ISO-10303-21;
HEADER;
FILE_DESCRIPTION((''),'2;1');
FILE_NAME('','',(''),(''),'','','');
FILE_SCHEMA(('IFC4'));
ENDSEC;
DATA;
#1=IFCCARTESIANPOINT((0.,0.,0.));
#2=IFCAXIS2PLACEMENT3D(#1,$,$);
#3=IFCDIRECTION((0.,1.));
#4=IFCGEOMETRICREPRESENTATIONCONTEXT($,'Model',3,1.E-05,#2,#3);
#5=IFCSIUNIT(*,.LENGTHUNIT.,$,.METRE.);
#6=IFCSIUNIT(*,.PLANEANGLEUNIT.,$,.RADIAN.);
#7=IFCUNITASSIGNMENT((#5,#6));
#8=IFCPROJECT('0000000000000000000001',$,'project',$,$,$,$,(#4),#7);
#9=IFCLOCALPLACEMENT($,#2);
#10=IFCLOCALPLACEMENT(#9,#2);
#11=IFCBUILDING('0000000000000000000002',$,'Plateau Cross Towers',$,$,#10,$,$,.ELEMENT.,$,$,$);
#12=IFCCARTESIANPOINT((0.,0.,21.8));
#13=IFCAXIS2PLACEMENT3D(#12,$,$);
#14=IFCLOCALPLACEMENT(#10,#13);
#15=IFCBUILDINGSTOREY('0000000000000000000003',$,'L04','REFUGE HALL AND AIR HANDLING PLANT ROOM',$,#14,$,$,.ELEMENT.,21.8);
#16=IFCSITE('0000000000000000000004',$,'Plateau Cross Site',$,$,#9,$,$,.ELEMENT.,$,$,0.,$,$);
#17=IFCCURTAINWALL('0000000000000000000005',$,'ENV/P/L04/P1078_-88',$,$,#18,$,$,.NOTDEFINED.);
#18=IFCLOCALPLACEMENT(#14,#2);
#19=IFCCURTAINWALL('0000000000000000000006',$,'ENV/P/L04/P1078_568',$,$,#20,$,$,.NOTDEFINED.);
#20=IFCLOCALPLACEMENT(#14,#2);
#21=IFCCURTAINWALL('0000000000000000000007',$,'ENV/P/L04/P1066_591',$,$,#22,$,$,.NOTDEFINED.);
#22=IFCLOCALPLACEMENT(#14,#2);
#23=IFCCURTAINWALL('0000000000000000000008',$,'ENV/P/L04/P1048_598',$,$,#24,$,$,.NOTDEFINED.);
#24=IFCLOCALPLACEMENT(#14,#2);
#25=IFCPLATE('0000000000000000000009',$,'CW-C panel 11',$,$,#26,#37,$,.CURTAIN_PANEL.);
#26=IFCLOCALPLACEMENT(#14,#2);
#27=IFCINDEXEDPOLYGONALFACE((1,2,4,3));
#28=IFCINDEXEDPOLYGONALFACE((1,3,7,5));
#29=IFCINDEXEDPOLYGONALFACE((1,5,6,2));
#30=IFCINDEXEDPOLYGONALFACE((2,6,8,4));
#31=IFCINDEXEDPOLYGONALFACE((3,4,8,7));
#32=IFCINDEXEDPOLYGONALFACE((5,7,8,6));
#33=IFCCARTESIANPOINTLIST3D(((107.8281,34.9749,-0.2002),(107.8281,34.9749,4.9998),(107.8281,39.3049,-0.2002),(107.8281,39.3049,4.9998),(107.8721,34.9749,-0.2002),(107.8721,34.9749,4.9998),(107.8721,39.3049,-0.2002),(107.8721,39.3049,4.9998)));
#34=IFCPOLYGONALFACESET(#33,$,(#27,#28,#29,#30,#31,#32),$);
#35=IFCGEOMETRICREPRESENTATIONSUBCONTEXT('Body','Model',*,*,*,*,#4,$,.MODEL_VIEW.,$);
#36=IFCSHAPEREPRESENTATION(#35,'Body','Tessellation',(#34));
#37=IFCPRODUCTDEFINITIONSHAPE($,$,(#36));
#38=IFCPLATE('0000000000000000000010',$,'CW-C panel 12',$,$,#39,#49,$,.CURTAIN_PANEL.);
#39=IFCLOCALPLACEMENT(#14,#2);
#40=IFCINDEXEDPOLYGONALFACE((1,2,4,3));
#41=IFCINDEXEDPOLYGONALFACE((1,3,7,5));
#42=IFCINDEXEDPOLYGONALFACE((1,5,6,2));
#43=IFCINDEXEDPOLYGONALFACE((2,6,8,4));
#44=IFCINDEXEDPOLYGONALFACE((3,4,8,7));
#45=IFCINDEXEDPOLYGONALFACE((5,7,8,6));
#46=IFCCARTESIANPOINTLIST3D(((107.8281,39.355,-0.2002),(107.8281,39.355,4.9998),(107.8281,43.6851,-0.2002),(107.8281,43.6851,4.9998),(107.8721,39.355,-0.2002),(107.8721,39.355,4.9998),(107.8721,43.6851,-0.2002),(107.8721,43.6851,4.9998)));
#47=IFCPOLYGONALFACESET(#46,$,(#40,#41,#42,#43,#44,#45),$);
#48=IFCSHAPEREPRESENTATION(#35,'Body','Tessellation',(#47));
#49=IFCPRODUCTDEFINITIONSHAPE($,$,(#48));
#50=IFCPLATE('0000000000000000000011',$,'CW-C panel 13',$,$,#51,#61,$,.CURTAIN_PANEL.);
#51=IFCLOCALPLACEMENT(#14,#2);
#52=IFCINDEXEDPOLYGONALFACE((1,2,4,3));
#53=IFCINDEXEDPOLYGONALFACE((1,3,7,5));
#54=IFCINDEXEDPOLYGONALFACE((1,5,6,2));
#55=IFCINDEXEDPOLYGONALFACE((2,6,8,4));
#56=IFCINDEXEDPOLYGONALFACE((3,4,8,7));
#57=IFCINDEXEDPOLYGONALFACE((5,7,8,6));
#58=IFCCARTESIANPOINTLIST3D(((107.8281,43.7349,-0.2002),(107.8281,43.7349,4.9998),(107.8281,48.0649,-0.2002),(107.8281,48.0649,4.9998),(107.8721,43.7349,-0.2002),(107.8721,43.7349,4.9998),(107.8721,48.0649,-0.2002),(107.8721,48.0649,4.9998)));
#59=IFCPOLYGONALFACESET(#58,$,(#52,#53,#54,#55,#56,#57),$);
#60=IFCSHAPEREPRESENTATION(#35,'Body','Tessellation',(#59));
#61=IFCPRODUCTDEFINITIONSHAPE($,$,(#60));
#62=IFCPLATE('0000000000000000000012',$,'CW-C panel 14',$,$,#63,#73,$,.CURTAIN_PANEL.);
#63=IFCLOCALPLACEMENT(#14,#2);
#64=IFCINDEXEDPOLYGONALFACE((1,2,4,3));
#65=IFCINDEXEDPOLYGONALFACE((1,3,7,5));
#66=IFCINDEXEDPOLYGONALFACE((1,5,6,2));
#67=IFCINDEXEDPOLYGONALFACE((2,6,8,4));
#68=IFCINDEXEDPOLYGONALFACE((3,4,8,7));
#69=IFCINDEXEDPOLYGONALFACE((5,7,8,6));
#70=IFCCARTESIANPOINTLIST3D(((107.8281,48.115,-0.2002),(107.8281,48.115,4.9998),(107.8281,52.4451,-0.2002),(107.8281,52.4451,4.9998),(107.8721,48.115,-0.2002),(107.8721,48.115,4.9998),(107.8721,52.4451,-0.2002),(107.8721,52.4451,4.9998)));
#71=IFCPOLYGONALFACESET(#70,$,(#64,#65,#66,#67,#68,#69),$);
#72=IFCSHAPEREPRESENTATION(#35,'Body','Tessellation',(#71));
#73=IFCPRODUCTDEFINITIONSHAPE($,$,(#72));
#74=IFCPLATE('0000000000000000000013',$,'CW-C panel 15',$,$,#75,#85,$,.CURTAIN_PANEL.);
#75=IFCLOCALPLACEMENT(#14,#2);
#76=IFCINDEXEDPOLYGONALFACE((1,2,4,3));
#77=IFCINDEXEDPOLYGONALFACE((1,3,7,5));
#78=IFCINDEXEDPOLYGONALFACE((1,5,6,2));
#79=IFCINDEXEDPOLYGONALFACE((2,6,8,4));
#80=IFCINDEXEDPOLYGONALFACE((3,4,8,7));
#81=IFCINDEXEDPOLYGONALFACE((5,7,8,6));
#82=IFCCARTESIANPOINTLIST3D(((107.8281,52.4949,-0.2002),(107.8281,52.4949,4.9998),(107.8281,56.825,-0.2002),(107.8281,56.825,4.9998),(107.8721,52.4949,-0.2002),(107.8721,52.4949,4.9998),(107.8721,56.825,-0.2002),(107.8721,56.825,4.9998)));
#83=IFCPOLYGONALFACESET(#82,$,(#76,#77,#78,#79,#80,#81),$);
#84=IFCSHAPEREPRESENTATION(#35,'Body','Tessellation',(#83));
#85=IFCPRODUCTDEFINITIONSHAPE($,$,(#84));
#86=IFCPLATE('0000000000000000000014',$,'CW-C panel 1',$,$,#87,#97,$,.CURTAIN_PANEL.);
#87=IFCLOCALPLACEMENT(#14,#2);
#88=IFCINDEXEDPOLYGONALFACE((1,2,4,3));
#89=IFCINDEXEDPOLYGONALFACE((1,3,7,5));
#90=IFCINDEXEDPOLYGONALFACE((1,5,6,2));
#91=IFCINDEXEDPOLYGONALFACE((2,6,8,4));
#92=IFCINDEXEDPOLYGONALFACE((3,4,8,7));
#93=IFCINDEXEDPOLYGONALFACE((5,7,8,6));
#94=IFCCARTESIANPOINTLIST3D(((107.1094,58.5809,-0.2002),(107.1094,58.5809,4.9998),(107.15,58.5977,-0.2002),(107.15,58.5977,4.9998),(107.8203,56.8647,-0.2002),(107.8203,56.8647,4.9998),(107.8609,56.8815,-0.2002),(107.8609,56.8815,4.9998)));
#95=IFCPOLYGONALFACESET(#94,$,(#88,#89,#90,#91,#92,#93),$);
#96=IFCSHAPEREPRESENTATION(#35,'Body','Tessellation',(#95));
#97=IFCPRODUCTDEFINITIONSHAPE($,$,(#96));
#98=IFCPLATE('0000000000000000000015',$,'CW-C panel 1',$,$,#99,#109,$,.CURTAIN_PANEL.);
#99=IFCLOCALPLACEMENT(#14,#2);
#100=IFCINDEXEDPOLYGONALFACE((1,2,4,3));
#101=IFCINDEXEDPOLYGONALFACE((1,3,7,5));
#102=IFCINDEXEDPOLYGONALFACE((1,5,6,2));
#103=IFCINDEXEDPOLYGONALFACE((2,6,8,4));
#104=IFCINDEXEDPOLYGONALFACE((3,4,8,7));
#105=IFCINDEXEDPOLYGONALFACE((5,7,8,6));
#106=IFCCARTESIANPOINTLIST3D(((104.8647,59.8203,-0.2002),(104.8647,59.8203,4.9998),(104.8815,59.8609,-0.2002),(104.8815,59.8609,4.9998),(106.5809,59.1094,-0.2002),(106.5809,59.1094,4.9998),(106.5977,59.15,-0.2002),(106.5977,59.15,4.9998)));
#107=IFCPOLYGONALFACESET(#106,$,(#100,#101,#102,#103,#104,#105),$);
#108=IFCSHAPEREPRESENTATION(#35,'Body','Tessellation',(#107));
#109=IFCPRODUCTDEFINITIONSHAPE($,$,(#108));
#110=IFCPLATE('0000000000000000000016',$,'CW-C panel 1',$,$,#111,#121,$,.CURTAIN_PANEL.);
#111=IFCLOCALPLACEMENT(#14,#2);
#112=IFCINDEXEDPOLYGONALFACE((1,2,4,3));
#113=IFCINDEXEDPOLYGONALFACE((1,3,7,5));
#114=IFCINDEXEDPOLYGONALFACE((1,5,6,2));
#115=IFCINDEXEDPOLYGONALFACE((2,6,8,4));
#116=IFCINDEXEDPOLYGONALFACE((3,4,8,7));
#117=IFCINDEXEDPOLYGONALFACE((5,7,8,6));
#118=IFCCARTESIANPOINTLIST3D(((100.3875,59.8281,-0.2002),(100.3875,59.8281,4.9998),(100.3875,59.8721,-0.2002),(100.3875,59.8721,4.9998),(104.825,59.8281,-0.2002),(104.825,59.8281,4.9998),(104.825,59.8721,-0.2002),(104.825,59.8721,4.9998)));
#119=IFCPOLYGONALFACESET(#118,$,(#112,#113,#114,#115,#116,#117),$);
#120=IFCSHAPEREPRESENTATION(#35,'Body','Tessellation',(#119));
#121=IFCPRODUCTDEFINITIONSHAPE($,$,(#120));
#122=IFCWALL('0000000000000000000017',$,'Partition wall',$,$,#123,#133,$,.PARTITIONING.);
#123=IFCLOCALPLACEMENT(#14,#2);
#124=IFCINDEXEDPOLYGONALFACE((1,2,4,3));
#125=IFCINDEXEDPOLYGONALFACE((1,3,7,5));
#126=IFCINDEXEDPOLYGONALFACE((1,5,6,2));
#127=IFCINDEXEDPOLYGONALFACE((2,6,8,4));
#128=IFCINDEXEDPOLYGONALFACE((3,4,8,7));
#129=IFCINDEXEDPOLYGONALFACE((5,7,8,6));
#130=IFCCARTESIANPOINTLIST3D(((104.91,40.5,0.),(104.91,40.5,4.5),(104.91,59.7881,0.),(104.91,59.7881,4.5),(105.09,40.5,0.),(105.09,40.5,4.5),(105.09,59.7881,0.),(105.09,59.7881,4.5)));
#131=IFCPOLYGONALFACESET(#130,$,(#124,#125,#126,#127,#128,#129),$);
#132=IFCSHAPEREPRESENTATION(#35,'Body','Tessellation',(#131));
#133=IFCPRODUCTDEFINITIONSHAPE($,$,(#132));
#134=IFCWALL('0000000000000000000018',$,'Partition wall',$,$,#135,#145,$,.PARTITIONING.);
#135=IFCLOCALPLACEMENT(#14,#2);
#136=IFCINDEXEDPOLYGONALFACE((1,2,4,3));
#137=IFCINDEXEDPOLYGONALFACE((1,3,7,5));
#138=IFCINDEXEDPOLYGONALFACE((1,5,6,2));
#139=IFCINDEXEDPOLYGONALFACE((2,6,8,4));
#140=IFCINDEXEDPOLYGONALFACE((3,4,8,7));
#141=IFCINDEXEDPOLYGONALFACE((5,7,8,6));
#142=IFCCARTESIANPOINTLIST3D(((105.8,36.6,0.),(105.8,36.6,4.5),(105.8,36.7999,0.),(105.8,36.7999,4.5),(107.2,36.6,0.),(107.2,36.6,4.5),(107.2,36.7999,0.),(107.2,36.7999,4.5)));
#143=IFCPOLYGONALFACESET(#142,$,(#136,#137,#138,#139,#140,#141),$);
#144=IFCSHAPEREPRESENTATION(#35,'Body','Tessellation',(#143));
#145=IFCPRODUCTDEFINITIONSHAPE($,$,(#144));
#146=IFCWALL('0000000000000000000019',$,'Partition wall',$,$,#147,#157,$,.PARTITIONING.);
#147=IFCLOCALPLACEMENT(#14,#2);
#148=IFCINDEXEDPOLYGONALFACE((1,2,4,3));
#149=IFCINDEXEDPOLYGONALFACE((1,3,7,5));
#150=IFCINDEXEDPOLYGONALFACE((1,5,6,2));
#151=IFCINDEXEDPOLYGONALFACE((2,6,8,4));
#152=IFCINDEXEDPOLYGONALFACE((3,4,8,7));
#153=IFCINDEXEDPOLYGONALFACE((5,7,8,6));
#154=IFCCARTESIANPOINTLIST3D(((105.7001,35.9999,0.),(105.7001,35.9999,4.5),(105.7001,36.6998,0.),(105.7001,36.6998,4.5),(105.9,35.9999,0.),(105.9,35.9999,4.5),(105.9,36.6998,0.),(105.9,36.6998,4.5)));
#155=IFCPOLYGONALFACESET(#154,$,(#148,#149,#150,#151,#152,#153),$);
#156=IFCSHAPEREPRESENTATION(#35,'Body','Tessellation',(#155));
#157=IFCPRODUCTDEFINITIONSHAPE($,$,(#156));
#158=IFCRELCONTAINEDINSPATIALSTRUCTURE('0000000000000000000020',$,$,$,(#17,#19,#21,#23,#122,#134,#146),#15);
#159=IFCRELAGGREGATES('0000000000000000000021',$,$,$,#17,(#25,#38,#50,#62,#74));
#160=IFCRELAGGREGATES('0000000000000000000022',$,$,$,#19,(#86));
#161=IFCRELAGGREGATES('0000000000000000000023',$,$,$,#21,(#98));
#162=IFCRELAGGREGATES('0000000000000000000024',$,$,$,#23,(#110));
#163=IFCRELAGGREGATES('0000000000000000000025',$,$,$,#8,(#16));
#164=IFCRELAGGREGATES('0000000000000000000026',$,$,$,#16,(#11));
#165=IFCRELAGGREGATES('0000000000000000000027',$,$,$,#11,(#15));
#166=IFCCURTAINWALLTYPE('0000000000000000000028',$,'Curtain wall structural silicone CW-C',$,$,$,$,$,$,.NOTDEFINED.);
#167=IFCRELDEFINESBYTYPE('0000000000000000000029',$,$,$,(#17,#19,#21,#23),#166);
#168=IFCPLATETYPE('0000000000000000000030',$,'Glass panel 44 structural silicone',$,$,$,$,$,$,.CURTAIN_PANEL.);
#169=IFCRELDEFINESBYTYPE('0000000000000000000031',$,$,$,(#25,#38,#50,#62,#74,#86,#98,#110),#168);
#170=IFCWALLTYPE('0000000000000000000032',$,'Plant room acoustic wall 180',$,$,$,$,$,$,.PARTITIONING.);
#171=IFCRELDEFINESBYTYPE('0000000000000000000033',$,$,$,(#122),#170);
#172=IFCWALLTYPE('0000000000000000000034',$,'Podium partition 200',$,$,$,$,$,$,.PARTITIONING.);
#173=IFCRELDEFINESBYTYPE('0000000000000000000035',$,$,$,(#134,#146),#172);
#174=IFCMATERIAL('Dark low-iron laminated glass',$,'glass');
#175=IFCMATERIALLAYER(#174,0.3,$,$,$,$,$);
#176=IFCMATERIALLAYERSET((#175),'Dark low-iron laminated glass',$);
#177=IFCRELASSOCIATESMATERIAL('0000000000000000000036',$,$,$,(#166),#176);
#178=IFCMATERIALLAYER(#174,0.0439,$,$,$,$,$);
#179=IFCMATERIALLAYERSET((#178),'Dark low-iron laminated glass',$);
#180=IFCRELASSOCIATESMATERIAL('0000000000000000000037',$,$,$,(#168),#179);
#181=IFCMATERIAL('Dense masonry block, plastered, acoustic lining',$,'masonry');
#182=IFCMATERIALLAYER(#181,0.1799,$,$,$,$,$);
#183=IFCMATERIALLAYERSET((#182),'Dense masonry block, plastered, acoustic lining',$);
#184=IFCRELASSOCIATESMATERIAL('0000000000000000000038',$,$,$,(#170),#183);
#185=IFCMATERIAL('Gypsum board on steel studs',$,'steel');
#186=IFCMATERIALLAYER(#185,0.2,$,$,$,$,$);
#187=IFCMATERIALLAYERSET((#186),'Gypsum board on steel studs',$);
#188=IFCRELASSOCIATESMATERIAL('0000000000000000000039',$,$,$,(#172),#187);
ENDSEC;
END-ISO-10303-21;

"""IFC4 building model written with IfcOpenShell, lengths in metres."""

from ifc_helpers import new_model, si_unit, direction, frame, frame_2d, origin, origin_2d, place, context, subcontext, project, spatial, rectangle, extrude, material, layer, layer_set, type_object, element, aggregate, save


model = new_model("IFC4")

# Units and contexts
model_context = context("Model", 3, precision=1e-05, world=origin(), true_north=direction((0.0, 1.0)))
body_context = subcontext(model_context, "Body", "Model", "MODEL_VIEW")
ifc_project = project(units=[si_unit("LENGTHUNIT", "METRE"), si_unit("PLANEANGLEUNIT", "RADIAN")], contexts=[model_context])

# Site, building, storey
site_placement = place(None, origin())
site = spatial("IfcSite", under=ifc_project, at=site_placement, Name="Plateau Cross Site", CompositionType="ELEMENT", RefElevation=0.0)
building_placement = place(site_placement, origin())
building = spatial("IfcBuilding", under=site, at=building_placement, Name="Plateau Cross Towers", CompositionType="ELEMENT")
storey_placement = place(building_placement, frame((0.0, 0.0, 21.8)))
storey = spatial("IfcBuildingStorey", under=building, at=storey_placement, Name="L04", Description="REFUGE HALL AND AIR HANDLING PLANT ROOM", CompositionType="ELEMENT", Elevation=21.8)

# Curtain walls
ifc_material_1 = material(Name="Dark low-iron laminated glass", Category="glass")
ifc_layer_1 = layer(ifc_material_1, 0.3)
ifc_layer_set_1 = layer_set([ifc_layer_1], Name="Dark low-iron laminated glass")
curtain_wall_type = type_object("IfcCurtainWallType", Name="Curtain wall structural silicone CW-C", PredefinedType="NOTDEFINED", material=ifc_layer_set_1)
curtain_wall_1_placement = place(storey_placement, origin())
curtain_wall_1 = element("IfcCurtainWall", 1, at=curtain_wall_1_placement, inside=storey, type_object=curtain_wall_type, Name="ENV/P/L04/P1078_-88", PredefinedType="NOTDEFINED")
curtain_wall_2_placement = place(storey_placement, origin())
curtain_wall_2 = element("IfcCurtainWall", 2, at=curtain_wall_2_placement, inside=storey, type_object=curtain_wall_type, Name="ENV/P/L04/P1078_568", PredefinedType="NOTDEFINED")

# Curtain wall
curtain_wall_3_placement = place(storey_placement, origin())
curtain_wall_3 = element("IfcCurtainWall", 3, at=curtain_wall_3_placement, inside=storey, type_object=curtain_wall_type, Name="ENV/P/L04/P1066_591", PredefinedType="NOTDEFINED")

# Curtain wall
curtain_wall_4_placement = place(storey_placement, origin())
curtain_wall_4 = element("IfcCurtainWall", 4, at=curtain_wall_4_placement, inside=storey, type_object=curtain_wall_type, Name="ENV/P/L04/P1048_598", PredefinedType="NOTDEFINED")

# Plates
ifc_layer_2 = layer(ifc_material_1, 0.0439)
ifc_layer_set_2 = layer_set([ifc_layer_2], Name="Dark low-iron laminated glass")
plate_type = type_object("IfcPlateType", Name="Glass panel 44 structural silicone", PredefinedType="CURTAIN_PANEL", material=ifc_layer_set_2)
plate_1_placement = place(storey_placement, frame((107.8501, 37.1399, -0.2002), z_axis=(0.0, 0.0, 1.0), x_axis=(0.0, 1.0, 0.0)))
plate_1 = element("IfcPlate", 5, at=plate_1_placement, type_object=plate_type, Name="CW-C panel 11", PredefinedType="CURTAIN_PANEL", context=body_context, shape_type="SweptSolid", body=[
    extrude(rectangle(XDim=4.3301, YDim=0.0439, at=origin_2d()), origin(), (0.0, 0.0, 1.0), 5.2),
])
plate_2_placement = place(storey_placement, frame((107.8501, 41.52, -0.2002), z_axis=(0.0, 0.0, 1.0), x_axis=(0.0, 1.0, 0.0)))
plate_2 = element("IfcPlate", 6, at=plate_2_placement, type_object=plate_type, Name="CW-C panel 12", PredefinedType="CURTAIN_PANEL", context=body_context, shape_type="SweptSolid", body=[
    extrude(rectangle(XDim=4.3301, YDim=0.0439, at=origin_2d()), origin(), (0.0, 0.0, 1.0), 5.2),
])
plate_3_placement = place(storey_placement, frame((107.8501, 45.8999, -0.2002), z_axis=(0.0, 0.0, 1.0), x_axis=(0.0, 1.0, 0.0)))
plate_3 = element("IfcPlate", 7, at=plate_3_placement, type_object=plate_type, Name="CW-C panel 13", PredefinedType="CURTAIN_PANEL", context=body_context, shape_type="SweptSolid", body=[
    extrude(rectangle(XDim=4.3301, YDim=0.0439, at=origin_2d()), origin(), (0.0, 0.0, 1.0), 5.2),
])
plate_4_placement = place(storey_placement, frame((107.8501, 50.28, -0.2002), z_axis=(0.0, 0.0, 1.0), x_axis=(0.0, 1.0, 0.0)))
plate_4 = element("IfcPlate", 8, at=plate_4_placement, type_object=plate_type, Name="CW-C panel 14", PredefinedType="CURTAIN_PANEL", context=body_context, shape_type="SweptSolid", body=[
    extrude(rectangle(XDim=4.3301, YDim=0.0439, at=origin_2d()), origin(), (0.0, 0.0, 1.0), 5.2),
])
plate_5_placement = place(storey_placement, frame((107.8501, 54.6599, -0.2002), z_axis=(0.0, 0.0, 1.0), x_axis=(0.0, 1.0, 0.0)))
plate_5 = element("IfcPlate", 9, at=plate_5_placement, type_object=plate_type, Name="CW-C panel 15", PredefinedType="CURTAIN_PANEL", context=body_context, shape_type="SweptSolid", body=[
    extrude(rectangle(XDim=4.3301, YDim=0.0439, at=origin_2d()), origin(), (0.0, 0.0, 1.0), 5.2),
])
aggregate(curtain_wall_1, [plate_1, plate_2, plate_3, plate_4, plate_5])
plate_6_placement = place(storey_placement, frame((107.4851, 57.7312, -0.2002), z_axis=(0.0, 0.0, 1.0), x_axis=(-0.382684, 0.923879, 0.0)))
plate_6 = element("IfcPlate", 10, at=plate_6_placement, type_object=plate_type, Name="CW-C panel 1", PredefinedType="CURTAIN_PANEL", context=body_context, shape_type="SweptSolid", body=[
    extrude(rectangle(XDim=1.8577, YDim=0.0439, at=origin_2d()), origin(), (0.0, 0.0, 1.0), 5.2),
])
aggregate(curtain_wall_2, [plate_6])
plate_7_placement = place(storey_placement, frame((105.7312, 59.4851, -0.2002), z_axis=(0.0, 0.0, 1.0), x_axis=(-0.923879, 0.382684, 0.0)))
plate_7 = element("IfcPlate", 11, at=plate_7_placement, type_object=plate_type, Name="CW-C panel 1", PredefinedType="CURTAIN_PANEL", context=body_context, shape_type="SweptSolid", body=[
    extrude(rectangle(XDim=1.8577, YDim=0.0439, at=origin_2d()), origin(), (0.0, 0.0, 1.0), 5.2),
])
aggregate(curtain_wall_3, [plate_7])
plate_8_placement = place(storey_placement, frame((102.6062, 59.8501, -0.2002), z_axis=(0.0, 0.0, 1.0), x_axis=(-1.0, 0.0, 0.0)))
plate_8 = element("IfcPlate", 12, at=plate_8_placement, type_object=plate_type, Name="CW-C panel 1", PredefinedType="CURTAIN_PANEL", context=body_context, shape_type="SweptSolid", body=[
    extrude(rectangle(XDim=4.4375, YDim=0.0439, at=origin_2d()), origin(), (0.0, 0.0, 1.0), 5.2),
])
aggregate(curtain_wall_4, [plate_8])

# Wall
ifc_material_2 = material(Name="Dense masonry block, plastered, acoustic lining", Category="masonry")
ifc_layer_3 = layer(ifc_material_2, 0.1799)
ifc_layer_set_3 = layer_set([ifc_layer_3], Name="Dense masonry block, plastered, acoustic lining")
wall_type_1 = type_object("IfcWallType", Name="Plant room acoustic wall 180", PredefinedType="PARTITIONING", material=ifc_layer_set_3)
wall_1_placement = place(storey_placement, frame((105.0, 59.7881, 0.0), z_axis=(0.0, 0.0, 1.0), x_axis=(0.0, -1.0, 0.0)))
element("IfcWall", 13, at=wall_1_placement, inside=storey, type_object=wall_type_1, Name="Partition wall", PredefinedType="PARTITIONING", context=body_context, shape_type="SweptSolid", body=[
    extrude(rectangle(XDim=19.2881, YDim=0.1799, at=frame_2d((9.644, 0.0))), origin(), (0.0, 0.0, 1.0), 4.5),
])

# Walls
ifc_material_3 = material(Name="Gypsum board on steel studs", Category="steel")
ifc_layer_4 = layer(ifc_material_3, 0.2)
ifc_layer_set_4 = layer_set([ifc_layer_4], Name="Gypsum board on steel studs")
wall_type_2 = type_object("IfcWallType", Name="Podium partition 200", PredefinedType="PARTITIONING", material=ifc_layer_set_4)
wall_2_placement = place(storey_placement, frame((107.2, 36.7, 0.0), z_axis=(0.0, 0.0, 1.0), x_axis=(-1.0, 0.0, 0.0)))
element("IfcWall", 14, at=wall_2_placement, inside=storey, type_object=wall_type_2, Name="Partition wall", PredefinedType="PARTITIONING", context=body_context, shape_type="SweptSolid", body=[
    extrude(rectangle(XDim=1.3999, YDim=0.2, at=frame_2d((0.7, 0.0))), origin(), (0.0, 0.0, 1.0), 4.5),
])
wall_3_placement = place(storey_placement, frame((105.8, 36.7, 0.0), z_axis=(0.0, 0.0, 1.0), x_axis=(0.0, -1.0, 0.0)))
element("IfcWall", 15, at=wall_3_placement, inside=storey, type_object=wall_type_2, Name="Partition wall", PredefinedType="PARTITIONING", context=body_context, shape_type="SweptSolid", body=[
    extrude(rectangle(XDim=0.7, YDim=0.2, at=frame_2d((0.3501, 0.0))), origin(), (0.0, 0.0, 1.0), 4.5),
])

save(model, "model.ifc")
